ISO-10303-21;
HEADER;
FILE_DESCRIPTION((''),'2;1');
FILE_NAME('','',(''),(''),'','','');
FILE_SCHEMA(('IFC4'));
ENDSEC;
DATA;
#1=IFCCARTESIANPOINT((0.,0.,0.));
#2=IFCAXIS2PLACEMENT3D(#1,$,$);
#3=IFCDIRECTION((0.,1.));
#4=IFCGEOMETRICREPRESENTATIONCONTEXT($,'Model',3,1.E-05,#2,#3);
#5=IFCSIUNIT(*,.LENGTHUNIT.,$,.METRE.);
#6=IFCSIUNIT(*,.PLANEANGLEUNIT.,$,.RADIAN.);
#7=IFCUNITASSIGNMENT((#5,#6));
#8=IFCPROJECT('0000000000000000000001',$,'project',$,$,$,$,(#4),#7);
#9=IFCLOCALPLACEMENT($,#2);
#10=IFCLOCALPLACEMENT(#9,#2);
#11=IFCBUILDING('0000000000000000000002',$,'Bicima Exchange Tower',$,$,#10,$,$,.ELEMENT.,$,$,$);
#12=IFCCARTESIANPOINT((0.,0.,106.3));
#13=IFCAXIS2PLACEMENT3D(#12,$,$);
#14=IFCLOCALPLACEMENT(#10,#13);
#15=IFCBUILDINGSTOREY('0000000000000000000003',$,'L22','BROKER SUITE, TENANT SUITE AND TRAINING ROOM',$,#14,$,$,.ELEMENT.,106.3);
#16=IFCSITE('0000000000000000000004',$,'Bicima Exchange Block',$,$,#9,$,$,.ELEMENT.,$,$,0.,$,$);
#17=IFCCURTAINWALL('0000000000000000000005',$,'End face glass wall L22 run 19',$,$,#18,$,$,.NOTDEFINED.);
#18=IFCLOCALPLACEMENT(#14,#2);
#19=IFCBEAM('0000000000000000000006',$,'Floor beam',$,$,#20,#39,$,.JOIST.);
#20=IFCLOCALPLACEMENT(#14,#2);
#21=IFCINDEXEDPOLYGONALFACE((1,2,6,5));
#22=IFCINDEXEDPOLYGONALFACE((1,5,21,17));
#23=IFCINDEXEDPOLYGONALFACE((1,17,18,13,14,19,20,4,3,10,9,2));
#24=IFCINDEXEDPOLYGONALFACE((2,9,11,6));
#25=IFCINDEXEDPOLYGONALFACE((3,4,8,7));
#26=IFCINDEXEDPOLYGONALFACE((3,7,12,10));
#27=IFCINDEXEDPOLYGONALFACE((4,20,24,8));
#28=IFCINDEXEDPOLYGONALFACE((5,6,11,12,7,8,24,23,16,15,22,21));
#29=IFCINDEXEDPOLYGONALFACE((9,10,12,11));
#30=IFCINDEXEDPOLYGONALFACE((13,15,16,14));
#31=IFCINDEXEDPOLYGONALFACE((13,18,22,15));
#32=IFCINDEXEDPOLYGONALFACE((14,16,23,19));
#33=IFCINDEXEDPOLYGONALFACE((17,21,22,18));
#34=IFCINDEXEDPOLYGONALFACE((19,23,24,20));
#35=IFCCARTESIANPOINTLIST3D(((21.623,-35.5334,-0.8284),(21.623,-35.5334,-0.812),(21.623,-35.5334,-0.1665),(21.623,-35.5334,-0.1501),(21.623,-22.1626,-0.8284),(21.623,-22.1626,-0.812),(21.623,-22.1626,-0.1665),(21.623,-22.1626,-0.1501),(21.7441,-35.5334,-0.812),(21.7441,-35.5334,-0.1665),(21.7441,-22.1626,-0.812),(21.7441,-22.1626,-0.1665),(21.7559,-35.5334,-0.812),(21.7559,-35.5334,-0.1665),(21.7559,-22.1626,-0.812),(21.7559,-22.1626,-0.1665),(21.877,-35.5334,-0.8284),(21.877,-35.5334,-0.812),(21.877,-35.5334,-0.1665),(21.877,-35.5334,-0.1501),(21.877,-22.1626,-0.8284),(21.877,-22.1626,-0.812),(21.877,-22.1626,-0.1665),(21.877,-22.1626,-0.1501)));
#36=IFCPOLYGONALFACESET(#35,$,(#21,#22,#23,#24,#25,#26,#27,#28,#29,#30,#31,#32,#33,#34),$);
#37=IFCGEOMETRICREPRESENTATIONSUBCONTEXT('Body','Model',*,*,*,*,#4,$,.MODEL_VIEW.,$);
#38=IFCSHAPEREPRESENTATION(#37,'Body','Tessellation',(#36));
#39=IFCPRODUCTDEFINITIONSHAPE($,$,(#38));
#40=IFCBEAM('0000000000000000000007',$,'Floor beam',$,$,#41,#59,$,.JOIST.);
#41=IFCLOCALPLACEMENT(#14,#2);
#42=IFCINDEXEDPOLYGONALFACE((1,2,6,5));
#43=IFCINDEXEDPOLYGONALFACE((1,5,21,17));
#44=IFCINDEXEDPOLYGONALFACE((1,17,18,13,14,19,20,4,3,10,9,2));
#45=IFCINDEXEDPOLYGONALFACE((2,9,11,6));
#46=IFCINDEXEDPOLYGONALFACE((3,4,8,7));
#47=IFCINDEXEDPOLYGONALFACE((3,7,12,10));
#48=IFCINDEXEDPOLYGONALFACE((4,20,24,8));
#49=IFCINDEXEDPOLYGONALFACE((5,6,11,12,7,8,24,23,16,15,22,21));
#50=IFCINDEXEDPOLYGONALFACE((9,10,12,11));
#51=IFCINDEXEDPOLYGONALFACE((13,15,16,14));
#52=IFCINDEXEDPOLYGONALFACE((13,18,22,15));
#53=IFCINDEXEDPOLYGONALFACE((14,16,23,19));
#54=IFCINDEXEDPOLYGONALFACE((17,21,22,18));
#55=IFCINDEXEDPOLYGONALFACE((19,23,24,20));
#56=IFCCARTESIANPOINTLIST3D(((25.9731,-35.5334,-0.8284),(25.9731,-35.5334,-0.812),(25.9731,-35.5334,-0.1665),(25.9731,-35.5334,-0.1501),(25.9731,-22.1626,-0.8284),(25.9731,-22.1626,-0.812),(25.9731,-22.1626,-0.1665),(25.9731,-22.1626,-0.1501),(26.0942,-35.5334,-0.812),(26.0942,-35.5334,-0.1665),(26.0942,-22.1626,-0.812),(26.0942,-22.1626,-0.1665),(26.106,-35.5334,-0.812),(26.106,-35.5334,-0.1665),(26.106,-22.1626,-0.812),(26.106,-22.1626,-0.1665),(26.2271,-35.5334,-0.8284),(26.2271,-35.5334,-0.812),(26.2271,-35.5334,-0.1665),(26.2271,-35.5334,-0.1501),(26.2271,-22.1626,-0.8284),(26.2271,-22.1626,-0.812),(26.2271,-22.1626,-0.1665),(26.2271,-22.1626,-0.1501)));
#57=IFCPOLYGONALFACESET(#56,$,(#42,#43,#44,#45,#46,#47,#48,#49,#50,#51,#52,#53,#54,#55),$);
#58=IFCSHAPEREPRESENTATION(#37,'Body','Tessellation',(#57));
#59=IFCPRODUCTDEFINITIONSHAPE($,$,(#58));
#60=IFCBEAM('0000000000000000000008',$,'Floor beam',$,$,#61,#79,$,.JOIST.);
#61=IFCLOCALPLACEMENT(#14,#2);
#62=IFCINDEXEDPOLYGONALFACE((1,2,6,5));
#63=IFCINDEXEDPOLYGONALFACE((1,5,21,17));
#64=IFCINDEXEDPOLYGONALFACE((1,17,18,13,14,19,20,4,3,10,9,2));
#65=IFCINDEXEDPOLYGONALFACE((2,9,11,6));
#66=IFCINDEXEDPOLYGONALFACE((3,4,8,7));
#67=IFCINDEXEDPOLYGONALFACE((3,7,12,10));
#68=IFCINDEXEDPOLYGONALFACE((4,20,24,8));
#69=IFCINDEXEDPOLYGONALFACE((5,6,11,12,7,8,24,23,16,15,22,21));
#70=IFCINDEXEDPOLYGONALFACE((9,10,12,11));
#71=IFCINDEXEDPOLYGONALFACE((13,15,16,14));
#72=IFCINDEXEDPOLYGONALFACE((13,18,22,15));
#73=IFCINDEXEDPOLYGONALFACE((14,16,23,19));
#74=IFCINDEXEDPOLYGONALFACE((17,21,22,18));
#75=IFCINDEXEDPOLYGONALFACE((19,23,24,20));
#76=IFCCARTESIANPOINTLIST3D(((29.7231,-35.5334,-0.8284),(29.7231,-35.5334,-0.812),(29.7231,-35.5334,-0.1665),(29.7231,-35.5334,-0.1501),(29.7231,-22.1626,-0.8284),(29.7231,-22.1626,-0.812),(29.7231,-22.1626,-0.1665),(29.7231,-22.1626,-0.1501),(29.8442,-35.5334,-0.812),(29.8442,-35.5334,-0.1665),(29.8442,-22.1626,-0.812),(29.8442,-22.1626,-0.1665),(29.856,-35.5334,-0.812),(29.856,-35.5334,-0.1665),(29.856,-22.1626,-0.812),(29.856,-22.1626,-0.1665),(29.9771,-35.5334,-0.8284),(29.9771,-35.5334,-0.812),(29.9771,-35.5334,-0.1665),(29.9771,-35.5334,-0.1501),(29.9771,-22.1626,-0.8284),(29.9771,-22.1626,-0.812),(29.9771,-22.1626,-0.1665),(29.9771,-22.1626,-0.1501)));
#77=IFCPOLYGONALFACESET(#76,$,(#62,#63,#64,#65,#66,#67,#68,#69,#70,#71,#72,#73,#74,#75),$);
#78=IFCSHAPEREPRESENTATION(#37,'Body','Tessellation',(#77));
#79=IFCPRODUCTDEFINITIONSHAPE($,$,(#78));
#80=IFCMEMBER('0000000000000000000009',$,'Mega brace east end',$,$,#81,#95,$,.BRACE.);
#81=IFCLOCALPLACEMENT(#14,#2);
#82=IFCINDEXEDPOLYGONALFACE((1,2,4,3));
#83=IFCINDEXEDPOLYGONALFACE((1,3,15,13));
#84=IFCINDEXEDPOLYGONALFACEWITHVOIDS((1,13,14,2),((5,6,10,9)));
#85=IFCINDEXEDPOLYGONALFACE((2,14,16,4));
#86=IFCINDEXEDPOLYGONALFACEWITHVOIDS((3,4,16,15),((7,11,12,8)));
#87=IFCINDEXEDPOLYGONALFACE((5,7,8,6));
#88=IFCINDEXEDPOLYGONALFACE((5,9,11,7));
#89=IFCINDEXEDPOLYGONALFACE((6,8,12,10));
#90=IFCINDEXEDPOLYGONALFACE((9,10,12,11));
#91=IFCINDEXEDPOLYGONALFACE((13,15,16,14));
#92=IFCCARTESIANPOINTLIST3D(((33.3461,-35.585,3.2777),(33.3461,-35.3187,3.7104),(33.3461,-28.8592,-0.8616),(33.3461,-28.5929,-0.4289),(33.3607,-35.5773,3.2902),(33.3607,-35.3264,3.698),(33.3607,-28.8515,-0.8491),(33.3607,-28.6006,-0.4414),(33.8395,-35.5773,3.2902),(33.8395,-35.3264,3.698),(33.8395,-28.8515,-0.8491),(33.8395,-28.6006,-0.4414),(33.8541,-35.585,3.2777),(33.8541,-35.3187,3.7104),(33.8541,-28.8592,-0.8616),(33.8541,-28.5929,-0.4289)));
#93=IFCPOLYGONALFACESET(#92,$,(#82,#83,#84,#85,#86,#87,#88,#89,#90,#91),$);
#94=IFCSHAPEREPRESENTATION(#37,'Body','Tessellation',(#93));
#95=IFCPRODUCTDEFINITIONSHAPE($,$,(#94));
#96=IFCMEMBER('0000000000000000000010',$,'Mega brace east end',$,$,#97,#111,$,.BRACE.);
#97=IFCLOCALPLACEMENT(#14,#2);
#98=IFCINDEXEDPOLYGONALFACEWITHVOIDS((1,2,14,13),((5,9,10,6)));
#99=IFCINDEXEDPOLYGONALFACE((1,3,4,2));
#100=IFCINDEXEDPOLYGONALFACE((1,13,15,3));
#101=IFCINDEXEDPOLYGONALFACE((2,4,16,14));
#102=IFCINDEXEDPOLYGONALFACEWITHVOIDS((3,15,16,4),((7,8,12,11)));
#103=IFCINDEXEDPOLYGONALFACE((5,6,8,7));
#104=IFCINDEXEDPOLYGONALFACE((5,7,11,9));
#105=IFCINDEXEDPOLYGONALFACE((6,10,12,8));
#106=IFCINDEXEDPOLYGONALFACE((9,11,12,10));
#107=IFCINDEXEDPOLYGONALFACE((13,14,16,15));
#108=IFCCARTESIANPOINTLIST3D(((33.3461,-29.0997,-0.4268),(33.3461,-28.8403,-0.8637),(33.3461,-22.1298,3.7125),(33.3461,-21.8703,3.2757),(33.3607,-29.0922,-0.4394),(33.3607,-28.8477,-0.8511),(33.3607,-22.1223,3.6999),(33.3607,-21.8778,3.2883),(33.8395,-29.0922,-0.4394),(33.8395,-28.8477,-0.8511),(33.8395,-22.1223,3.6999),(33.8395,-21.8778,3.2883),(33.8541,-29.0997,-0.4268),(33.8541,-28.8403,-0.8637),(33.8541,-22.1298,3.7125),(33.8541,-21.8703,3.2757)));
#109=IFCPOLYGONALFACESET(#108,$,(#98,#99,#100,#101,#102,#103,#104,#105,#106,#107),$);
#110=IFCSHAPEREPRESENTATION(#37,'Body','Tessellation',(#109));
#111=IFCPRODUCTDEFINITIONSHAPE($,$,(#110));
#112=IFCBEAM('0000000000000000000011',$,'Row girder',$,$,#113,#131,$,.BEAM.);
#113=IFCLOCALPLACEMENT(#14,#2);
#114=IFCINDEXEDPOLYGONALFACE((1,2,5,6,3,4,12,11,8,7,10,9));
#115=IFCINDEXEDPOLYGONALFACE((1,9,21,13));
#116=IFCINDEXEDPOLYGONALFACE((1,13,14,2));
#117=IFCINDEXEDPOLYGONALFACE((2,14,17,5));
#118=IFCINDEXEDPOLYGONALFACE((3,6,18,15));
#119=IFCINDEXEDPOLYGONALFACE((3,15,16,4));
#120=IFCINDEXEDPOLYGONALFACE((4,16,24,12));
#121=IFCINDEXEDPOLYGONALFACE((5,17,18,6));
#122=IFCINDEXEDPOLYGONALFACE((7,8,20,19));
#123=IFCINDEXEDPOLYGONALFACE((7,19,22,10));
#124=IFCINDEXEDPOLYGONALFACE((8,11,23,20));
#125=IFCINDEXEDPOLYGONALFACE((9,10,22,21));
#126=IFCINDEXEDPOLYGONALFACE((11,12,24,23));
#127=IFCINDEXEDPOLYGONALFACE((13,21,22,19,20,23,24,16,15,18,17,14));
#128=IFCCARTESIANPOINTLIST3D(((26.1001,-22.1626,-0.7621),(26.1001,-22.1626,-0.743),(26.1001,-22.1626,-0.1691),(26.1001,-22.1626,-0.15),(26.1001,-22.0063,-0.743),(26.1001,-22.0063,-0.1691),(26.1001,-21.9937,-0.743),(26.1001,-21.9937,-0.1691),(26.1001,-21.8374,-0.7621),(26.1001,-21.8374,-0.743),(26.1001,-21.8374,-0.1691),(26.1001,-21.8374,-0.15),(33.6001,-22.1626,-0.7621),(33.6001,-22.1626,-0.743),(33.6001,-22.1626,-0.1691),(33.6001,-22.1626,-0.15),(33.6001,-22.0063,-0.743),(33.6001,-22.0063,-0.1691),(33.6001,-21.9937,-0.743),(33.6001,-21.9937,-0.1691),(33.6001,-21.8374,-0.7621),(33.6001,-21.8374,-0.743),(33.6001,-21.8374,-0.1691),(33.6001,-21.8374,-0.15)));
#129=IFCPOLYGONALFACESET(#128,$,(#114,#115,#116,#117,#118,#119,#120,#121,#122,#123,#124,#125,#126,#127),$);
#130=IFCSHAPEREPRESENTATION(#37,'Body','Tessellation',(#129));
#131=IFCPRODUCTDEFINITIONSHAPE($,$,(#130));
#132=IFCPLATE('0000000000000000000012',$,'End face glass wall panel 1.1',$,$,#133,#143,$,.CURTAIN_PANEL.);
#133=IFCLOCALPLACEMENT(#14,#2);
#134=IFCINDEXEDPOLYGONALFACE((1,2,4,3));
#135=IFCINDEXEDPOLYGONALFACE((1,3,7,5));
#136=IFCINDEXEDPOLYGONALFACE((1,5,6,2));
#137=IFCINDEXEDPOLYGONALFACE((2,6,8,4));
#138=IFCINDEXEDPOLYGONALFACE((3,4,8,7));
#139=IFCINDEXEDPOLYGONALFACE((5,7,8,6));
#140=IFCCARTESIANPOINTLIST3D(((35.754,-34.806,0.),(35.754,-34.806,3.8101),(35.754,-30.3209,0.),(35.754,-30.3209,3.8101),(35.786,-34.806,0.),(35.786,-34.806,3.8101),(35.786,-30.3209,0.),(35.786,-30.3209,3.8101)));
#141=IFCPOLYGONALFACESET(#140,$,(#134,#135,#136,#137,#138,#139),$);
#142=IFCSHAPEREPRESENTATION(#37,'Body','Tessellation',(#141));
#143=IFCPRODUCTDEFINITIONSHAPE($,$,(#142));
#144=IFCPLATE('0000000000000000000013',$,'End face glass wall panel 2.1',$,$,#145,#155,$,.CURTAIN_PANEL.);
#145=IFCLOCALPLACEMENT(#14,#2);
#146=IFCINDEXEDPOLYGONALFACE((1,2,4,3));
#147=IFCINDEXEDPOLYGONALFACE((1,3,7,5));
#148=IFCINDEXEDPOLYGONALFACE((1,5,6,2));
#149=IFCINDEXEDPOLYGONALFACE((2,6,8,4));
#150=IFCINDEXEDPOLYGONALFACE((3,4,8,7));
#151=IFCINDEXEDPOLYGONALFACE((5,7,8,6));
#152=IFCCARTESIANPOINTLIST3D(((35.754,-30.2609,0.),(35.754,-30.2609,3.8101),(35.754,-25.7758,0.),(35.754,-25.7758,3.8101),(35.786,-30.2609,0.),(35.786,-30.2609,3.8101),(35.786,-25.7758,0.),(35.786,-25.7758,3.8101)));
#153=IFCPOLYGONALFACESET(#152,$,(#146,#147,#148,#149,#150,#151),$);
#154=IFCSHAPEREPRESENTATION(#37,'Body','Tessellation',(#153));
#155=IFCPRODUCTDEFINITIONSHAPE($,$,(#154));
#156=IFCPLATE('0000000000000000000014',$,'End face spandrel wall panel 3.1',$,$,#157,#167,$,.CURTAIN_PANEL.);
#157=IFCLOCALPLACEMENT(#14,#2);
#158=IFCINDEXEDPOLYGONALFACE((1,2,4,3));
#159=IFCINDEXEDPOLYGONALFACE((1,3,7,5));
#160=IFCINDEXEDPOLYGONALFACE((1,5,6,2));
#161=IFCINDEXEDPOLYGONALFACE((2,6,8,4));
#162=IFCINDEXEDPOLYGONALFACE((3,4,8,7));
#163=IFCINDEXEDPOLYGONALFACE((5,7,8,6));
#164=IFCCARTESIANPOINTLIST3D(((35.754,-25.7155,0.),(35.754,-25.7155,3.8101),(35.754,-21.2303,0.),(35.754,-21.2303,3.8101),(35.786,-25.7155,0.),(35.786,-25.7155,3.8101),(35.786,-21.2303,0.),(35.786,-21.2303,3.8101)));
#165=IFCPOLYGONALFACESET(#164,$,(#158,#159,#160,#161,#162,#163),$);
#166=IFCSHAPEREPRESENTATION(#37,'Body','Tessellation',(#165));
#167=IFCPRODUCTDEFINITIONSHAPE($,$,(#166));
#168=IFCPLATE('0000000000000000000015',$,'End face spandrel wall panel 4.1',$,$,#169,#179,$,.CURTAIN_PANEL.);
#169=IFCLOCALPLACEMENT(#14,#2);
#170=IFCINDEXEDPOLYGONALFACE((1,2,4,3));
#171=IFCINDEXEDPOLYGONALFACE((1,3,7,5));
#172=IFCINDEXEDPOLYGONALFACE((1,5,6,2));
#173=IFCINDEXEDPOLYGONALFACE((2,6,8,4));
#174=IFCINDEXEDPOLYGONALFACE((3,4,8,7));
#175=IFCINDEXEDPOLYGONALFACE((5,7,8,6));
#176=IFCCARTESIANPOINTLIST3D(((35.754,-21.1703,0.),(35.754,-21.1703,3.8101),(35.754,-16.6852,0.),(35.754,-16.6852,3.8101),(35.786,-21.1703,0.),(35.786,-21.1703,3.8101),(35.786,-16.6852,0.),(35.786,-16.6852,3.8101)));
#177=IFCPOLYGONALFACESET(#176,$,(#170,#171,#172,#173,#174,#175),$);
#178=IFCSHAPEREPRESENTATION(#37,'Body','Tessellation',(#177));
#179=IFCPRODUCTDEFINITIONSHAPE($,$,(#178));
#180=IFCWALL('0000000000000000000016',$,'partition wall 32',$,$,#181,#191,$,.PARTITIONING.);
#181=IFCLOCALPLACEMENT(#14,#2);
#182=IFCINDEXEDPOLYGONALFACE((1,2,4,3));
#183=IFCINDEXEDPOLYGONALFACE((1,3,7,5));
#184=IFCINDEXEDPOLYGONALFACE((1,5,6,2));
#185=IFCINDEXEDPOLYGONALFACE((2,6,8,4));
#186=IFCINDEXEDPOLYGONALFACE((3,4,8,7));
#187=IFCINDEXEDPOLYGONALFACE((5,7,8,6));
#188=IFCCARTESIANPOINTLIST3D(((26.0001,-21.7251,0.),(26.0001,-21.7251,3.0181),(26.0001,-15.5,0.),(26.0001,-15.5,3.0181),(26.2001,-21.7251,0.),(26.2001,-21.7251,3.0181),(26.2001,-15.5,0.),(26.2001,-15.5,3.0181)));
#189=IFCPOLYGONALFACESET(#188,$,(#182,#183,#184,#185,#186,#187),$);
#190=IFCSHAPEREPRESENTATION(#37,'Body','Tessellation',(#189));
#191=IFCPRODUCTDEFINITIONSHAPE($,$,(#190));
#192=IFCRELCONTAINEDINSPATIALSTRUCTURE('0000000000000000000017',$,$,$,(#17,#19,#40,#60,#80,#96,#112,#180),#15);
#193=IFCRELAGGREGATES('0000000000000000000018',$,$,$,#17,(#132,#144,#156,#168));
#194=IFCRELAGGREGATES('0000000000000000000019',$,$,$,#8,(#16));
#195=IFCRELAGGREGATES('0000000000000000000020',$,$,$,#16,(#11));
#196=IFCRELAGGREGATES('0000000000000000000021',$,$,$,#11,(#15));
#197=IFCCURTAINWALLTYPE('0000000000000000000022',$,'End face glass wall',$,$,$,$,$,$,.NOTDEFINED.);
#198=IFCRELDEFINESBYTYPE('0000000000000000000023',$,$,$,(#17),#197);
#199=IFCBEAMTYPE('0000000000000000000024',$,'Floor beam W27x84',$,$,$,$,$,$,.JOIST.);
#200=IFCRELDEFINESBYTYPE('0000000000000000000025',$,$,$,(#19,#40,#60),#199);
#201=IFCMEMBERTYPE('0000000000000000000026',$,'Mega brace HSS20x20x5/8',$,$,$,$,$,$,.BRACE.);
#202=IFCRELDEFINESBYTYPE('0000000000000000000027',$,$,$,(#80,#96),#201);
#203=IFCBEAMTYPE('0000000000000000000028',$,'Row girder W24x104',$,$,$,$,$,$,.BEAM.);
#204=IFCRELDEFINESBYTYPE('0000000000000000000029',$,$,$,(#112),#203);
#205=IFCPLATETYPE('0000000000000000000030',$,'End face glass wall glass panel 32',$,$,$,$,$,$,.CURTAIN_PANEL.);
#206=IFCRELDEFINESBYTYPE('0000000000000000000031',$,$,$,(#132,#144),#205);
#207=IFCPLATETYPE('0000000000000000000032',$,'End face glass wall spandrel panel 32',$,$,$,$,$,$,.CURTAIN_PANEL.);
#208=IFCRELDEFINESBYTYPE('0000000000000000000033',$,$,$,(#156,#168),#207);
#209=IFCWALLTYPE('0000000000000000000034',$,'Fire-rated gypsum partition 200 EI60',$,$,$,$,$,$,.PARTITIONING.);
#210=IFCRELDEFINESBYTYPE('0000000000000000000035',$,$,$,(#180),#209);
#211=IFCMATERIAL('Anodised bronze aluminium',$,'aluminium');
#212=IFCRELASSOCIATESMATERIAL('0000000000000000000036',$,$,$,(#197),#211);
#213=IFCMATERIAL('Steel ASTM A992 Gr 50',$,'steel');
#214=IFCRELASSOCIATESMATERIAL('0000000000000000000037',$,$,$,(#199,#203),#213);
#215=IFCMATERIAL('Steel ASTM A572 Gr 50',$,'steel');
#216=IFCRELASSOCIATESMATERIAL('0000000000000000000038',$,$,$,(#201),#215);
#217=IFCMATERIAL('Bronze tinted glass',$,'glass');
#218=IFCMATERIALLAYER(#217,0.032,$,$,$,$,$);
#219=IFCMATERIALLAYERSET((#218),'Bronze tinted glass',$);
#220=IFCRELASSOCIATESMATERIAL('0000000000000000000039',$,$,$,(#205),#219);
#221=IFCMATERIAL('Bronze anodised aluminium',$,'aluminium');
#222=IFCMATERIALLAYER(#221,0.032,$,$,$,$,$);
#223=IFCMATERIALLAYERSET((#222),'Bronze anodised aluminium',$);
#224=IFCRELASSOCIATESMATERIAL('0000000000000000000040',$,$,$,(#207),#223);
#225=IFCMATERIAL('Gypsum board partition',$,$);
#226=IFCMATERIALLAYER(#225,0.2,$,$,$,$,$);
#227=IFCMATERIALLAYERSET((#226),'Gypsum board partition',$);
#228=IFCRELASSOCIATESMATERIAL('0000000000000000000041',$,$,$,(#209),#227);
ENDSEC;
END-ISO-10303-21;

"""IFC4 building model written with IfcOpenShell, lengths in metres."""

from ifc_helpers import new_model, si_unit, direction, frame, frame_2d, origin, origin_2d, place, context, subcontext, project, spatial, rectangle, hollow_rectangle, i_section, extrude, material, layer, layer_set, material_profile, profile_set, type_object, element, aggregate, save


model = new_model("IFC4")

# Units and contexts
model_context = context("Model", 3, precision=1e-05, world=origin(), true_north=direction((0.0, 1.0)))
body_context = subcontext(model_context, "Body", "Model", "MODEL_VIEW")
ifc_project = project(units=[si_unit("LENGTHUNIT", "METRE"), si_unit("PLANEANGLEUNIT", "RADIAN")], contexts=[model_context])

# Site, building, storey
site_placement = place(None, origin())
site = spatial("IfcSite", under=ifc_project, at=site_placement, Name="Bicima Exchange Block", CompositionType="ELEMENT", RefElevation=0.0)
building_placement = place(site_placement, origin())
building = spatial("IfcBuilding", under=site, at=building_placement, Name="Bicima Exchange Tower", CompositionType="ELEMENT")
storey_placement = place(building_placement, frame((0.0, 0.0, 106.3)))
storey = spatial("IfcBuildingStorey", under=building, at=storey_placement, Name="L22", Description="BROKER SUITE, TENANT SUITE AND TRAINING ROOM", CompositionType="ELEMENT", Elevation=106.3)

# Shared definitions
ifc_material_1 = material(Name="Steel ASTM A992 Gr 50", Category="steel")

# Curtain wall
ifc_material_2 = material(Name="Anodised bronze aluminium", Category="aluminium")
curtain_wall_type = type_object("IfcCurtainWallType", Name="End face glass wall", PredefinedType="NOTDEFINED", material=ifc_material_2)
curtain_wall_placement = place(storey_placement, origin())
curtain_wall = element("IfcCurtainWall", 1, at=curtain_wall_placement, inside=storey, type_object=curtain_wall_type, Name="End face glass wall L22 run 19", PredefinedType="NOTDEFINED")

# Beams
ifc_material_profile_1 = material_profile(ifc_material_1, i_section(OverallWidth=0.2539, OverallDepth=0.6782, WebThickness=0.0117, FlangeThickness=0.0164, at=origin_2d()))
ifc_profile_set_1 = profile_set([ifc_material_profile_1], Name="Steel ASTM A992 Gr 50")
beam_type_1 = type_object("IfcBeamType", Name="Floor beam W27x84", PredefinedType="JOIST", material=ifc_profile_set_1)
for number, where, z_axis, x_axis, name in (
    (2, (21.75, -22.1626, -0.4893), (0.0, -1.0, 0.0), (1.0, 0.0, 0.0), "Floor beam"),
    (3, (26.1001, -22.1626, -0.4893), (0.0, -1.0, 0.0), (1.0, 0.0, 0.0), "Floor beam"),
    (4, (29.8501, -22.1626, -0.4893), (0.0, -1.0, 0.0), (1.0, 0.0, 0.0), "Floor beam"),
):
    element("IfcBeam", number, at=place(storey_placement, frame(where, z_axis=z_axis, x_axis=x_axis)), inside=storey, type_object=beam_type_1, Name=name, PredefinedType="JOIST", context=body_context, shape_type="SweptSolid", body=[
        extrude(i_section(OverallWidth=0.2539, OverallDepth=0.6782, WebThickness=0.0117, FlangeThickness=0.0164, at=origin_2d()), origin(), (0.0, 0.0, 1.0), 13.3708),
    ])

# Members
ifc_material_3 = material(Name="Steel ASTM A572 Gr 50", Category="steel")
ifc_material_profile_2 = material_profile(ifc_material_3, hollow_rectangle(XDim=0.5081, YDim=0.5081, WallThickness=0.0146, at=origin_2d()))
ifc_profile_set_2 = profile_set([ifc_material_profile_2], Name="Steel ASTM A572 Gr 50")
member_type_1 = type_object("IfcMemberType", Name="Mega brace HSS20x20x5/8", PredefinedType="BRACE", material=ifc_profile_set_2)
member_1_placement = place(storey_placement, frame((33.6001, -28.7261, -0.6453), z_axis=(0.0, -0.851634, 0.524137), x_axis=(1.0, 0.0, 0.0)))
element("IfcMember", 5, at=member_1_placement, inside=storey, type_object=member_type_1, Name="Mega brace east end", PredefinedType="BRACE", context=body_context, shape_type="SweptSolid", body=[
    extrude(hollow_rectangle(XDim=0.5081, YDim=0.5081, WallThickness=0.0146, at=origin_2d()), origin(), (0.0, 0.0, 1.0), 7.8975),
])
member_2_placement = place(storey_placement, frame((33.6001, -28.97, -0.6453), z_axis=(0.0, 0.859801, 0.510629), x_axis=(-1.0, 0.0, 0.0)))
element("IfcMember", 6, at=member_2_placement, inside=storey, type_object=member_type_1, Name="Mega brace east end", PredefinedType="BRACE", context=body_context, shape_type="SweptSolid", body=[
    extrude(hollow_rectangle(XDim=0.5081, YDim=0.5081, WallThickness=0.0146, at=origin_2d()), origin(), (0.0, 0.0, 1.0), 8.1064),
])

# Beam
ifc_material_profile_3 = material_profile(ifc_material_1, i_section(OverallWidth=0.3252, OverallDepth=0.6121, WebThickness=0.0127, FlangeThickness=0.019, at=origin_2d()))
ifc_profile_set_3 = profile_set([ifc_material_profile_3], Name="Steel ASTM A992 Gr 50")
beam_type_2 = type_object("IfcBeamType", Name="Row girder W24x104", PredefinedType="BEAM", material=ifc_profile_set_3)
beam_1_placement = place(storey_placement, frame((26.1001, -22.0, -0.4561), z_axis=(1.0, 0.0, 0.0), x_axis=(0.0, 1.0, 0.0)))
element("IfcBeam", 7, at=beam_1_placement, inside=storey, type_object=beam_type_2, Name="Row girder", PredefinedType="BEAM", context=body_context, shape_type="SweptSolid", body=[
    extrude(i_section(OverallWidth=0.3252, OverallDepth=0.6121, WebThickness=0.0127, FlangeThickness=0.019, at=origin_2d()), origin(), (0.0, 0.0, 1.0), 7.5),
])

# Plates
ifc_material_4 = material(Name="Bronze tinted glass", Category="glass")
ifc_layer_1 = layer(ifc_material_4, 0.032)
ifc_layer_set_1 = layer_set([ifc_layer_1], Name="Bronze tinted glass")
plate_type_1 = type_object("IfcPlateType", Name="End face glass wall glass panel 32", PredefinedType="CURTAIN_PANEL", material=ifc_layer_set_1)
plate_1_placement = place(storey_placement, frame((35.77, -32.5635, 0.0), z_axis=(0.0, 0.0, 1.0), x_axis=(0.0, 1.0, 0.0)))
plate_1 = element("IfcPlate", 8, at=plate_1_placement, type_object=plate_type_1, Name="End face glass wall panel 1.1", PredefinedType="CURTAIN_PANEL", context=body_context, shape_type="SweptSolid", body=[
    extrude(rectangle(XDim=4.4851, YDim=0.032, at=origin_2d()), origin(), (0.0, 0.0, 1.0), 3.8101),
])
plate_2_placement = place(storey_placement, frame((35.77, -28.0183, 0.0), z_axis=(0.0, 0.0, 1.0), x_axis=(0.0, 1.0, 0.0)))
plate_2 = element("IfcPlate", 9, at=plate_2_placement, type_object=plate_type_1, Name="End face glass wall panel 2.1", PredefinedType="CURTAIN_PANEL", context=body_context, shape_type="SweptSolid", body=[
    extrude(rectangle(XDim=4.4851, YDim=0.032, at=origin_2d()), origin(), (0.0, 0.0, 1.0), 3.8101),
])
ifc_material_5 = material(Name="Bronze anodised aluminium", Category="aluminium")
ifc_layer_2 = layer(ifc_material_5, 0.032)
ifc_layer_set_2 = layer_set([ifc_layer_2], Name="Bronze anodised aluminium")
plate_type_2 = type_object("IfcPlateType", Name="End face glass wall spandrel panel 32", PredefinedType="CURTAIN_PANEL", material=ifc_layer_set_2)
plate_3_placement = place(storey_placement, frame((35.77, -23.4729, 0.0), z_axis=(0.0, 0.0, 1.0), x_axis=(0.0, 1.0, 0.0)))
plate_3 = element("IfcPlate", 10, at=plate_3_placement, type_object=plate_type_2, Name="End face spandrel wall panel 3.1", PredefinedType="CURTAIN_PANEL", context=body_context, shape_type="SweptSolid", body=[
    extrude(rectangle(XDim=4.4851, YDim=0.032, at=origin_2d()), origin(), (0.0, 0.0, 1.0), 3.8101),
])
plate_4_placement = place(storey_placement, frame((35.77, -18.9277, 0.0), z_axis=(0.0, 0.0, 1.0), x_axis=(0.0, 1.0, 0.0)))
plate_4 = element("IfcPlate", 11, at=plate_4_placement, type_object=plate_type_2, Name="End face spandrel wall panel 4.1", PredefinedType="CURTAIN_PANEL", context=body_context, shape_type="SweptSolid", body=[
    extrude(rectangle(XDim=4.4851, YDim=0.032, at=origin_2d()), origin(), (0.0, 0.0, 1.0), 3.8101),
])
aggregate(curtain_wall, [plate_1, plate_2, plate_3, plate_4])

# Wall
ifc_material_6 = material(Name="Gypsum board partition")
ifc_layer_3 = layer(ifc_material_6, 0.2)
ifc_layer_set_3 = layer_set([ifc_layer_3], Name="Gypsum board partition")
wall_type_1 = type_object("IfcWallType", Name="Fire-rated gypsum partition 200 EI60", PredefinedType="PARTITIONING", material=ifc_layer_set_3)
wall_1_placement = place(storey_placement, frame((26.1001, -21.7251, 0.0), z_axis=(0.0, 0.0, 1.0), x_axis=(0.0, 1.0, 0.0)))
element("IfcWall", 12, at=wall_1_placement, inside=storey, type_object=wall_type_1, Name="partition wall 32", PredefinedType="PARTITIONING", context=body_context, shape_type="SweptSolid", body=[
    extrude(rectangle(XDim=6.2251, YDim=0.2, at=frame_2d((3.1125, 0.0))), origin(), (0.0, 0.0, 1.0), 3.0181),
])

save(model, "model.ifc")
